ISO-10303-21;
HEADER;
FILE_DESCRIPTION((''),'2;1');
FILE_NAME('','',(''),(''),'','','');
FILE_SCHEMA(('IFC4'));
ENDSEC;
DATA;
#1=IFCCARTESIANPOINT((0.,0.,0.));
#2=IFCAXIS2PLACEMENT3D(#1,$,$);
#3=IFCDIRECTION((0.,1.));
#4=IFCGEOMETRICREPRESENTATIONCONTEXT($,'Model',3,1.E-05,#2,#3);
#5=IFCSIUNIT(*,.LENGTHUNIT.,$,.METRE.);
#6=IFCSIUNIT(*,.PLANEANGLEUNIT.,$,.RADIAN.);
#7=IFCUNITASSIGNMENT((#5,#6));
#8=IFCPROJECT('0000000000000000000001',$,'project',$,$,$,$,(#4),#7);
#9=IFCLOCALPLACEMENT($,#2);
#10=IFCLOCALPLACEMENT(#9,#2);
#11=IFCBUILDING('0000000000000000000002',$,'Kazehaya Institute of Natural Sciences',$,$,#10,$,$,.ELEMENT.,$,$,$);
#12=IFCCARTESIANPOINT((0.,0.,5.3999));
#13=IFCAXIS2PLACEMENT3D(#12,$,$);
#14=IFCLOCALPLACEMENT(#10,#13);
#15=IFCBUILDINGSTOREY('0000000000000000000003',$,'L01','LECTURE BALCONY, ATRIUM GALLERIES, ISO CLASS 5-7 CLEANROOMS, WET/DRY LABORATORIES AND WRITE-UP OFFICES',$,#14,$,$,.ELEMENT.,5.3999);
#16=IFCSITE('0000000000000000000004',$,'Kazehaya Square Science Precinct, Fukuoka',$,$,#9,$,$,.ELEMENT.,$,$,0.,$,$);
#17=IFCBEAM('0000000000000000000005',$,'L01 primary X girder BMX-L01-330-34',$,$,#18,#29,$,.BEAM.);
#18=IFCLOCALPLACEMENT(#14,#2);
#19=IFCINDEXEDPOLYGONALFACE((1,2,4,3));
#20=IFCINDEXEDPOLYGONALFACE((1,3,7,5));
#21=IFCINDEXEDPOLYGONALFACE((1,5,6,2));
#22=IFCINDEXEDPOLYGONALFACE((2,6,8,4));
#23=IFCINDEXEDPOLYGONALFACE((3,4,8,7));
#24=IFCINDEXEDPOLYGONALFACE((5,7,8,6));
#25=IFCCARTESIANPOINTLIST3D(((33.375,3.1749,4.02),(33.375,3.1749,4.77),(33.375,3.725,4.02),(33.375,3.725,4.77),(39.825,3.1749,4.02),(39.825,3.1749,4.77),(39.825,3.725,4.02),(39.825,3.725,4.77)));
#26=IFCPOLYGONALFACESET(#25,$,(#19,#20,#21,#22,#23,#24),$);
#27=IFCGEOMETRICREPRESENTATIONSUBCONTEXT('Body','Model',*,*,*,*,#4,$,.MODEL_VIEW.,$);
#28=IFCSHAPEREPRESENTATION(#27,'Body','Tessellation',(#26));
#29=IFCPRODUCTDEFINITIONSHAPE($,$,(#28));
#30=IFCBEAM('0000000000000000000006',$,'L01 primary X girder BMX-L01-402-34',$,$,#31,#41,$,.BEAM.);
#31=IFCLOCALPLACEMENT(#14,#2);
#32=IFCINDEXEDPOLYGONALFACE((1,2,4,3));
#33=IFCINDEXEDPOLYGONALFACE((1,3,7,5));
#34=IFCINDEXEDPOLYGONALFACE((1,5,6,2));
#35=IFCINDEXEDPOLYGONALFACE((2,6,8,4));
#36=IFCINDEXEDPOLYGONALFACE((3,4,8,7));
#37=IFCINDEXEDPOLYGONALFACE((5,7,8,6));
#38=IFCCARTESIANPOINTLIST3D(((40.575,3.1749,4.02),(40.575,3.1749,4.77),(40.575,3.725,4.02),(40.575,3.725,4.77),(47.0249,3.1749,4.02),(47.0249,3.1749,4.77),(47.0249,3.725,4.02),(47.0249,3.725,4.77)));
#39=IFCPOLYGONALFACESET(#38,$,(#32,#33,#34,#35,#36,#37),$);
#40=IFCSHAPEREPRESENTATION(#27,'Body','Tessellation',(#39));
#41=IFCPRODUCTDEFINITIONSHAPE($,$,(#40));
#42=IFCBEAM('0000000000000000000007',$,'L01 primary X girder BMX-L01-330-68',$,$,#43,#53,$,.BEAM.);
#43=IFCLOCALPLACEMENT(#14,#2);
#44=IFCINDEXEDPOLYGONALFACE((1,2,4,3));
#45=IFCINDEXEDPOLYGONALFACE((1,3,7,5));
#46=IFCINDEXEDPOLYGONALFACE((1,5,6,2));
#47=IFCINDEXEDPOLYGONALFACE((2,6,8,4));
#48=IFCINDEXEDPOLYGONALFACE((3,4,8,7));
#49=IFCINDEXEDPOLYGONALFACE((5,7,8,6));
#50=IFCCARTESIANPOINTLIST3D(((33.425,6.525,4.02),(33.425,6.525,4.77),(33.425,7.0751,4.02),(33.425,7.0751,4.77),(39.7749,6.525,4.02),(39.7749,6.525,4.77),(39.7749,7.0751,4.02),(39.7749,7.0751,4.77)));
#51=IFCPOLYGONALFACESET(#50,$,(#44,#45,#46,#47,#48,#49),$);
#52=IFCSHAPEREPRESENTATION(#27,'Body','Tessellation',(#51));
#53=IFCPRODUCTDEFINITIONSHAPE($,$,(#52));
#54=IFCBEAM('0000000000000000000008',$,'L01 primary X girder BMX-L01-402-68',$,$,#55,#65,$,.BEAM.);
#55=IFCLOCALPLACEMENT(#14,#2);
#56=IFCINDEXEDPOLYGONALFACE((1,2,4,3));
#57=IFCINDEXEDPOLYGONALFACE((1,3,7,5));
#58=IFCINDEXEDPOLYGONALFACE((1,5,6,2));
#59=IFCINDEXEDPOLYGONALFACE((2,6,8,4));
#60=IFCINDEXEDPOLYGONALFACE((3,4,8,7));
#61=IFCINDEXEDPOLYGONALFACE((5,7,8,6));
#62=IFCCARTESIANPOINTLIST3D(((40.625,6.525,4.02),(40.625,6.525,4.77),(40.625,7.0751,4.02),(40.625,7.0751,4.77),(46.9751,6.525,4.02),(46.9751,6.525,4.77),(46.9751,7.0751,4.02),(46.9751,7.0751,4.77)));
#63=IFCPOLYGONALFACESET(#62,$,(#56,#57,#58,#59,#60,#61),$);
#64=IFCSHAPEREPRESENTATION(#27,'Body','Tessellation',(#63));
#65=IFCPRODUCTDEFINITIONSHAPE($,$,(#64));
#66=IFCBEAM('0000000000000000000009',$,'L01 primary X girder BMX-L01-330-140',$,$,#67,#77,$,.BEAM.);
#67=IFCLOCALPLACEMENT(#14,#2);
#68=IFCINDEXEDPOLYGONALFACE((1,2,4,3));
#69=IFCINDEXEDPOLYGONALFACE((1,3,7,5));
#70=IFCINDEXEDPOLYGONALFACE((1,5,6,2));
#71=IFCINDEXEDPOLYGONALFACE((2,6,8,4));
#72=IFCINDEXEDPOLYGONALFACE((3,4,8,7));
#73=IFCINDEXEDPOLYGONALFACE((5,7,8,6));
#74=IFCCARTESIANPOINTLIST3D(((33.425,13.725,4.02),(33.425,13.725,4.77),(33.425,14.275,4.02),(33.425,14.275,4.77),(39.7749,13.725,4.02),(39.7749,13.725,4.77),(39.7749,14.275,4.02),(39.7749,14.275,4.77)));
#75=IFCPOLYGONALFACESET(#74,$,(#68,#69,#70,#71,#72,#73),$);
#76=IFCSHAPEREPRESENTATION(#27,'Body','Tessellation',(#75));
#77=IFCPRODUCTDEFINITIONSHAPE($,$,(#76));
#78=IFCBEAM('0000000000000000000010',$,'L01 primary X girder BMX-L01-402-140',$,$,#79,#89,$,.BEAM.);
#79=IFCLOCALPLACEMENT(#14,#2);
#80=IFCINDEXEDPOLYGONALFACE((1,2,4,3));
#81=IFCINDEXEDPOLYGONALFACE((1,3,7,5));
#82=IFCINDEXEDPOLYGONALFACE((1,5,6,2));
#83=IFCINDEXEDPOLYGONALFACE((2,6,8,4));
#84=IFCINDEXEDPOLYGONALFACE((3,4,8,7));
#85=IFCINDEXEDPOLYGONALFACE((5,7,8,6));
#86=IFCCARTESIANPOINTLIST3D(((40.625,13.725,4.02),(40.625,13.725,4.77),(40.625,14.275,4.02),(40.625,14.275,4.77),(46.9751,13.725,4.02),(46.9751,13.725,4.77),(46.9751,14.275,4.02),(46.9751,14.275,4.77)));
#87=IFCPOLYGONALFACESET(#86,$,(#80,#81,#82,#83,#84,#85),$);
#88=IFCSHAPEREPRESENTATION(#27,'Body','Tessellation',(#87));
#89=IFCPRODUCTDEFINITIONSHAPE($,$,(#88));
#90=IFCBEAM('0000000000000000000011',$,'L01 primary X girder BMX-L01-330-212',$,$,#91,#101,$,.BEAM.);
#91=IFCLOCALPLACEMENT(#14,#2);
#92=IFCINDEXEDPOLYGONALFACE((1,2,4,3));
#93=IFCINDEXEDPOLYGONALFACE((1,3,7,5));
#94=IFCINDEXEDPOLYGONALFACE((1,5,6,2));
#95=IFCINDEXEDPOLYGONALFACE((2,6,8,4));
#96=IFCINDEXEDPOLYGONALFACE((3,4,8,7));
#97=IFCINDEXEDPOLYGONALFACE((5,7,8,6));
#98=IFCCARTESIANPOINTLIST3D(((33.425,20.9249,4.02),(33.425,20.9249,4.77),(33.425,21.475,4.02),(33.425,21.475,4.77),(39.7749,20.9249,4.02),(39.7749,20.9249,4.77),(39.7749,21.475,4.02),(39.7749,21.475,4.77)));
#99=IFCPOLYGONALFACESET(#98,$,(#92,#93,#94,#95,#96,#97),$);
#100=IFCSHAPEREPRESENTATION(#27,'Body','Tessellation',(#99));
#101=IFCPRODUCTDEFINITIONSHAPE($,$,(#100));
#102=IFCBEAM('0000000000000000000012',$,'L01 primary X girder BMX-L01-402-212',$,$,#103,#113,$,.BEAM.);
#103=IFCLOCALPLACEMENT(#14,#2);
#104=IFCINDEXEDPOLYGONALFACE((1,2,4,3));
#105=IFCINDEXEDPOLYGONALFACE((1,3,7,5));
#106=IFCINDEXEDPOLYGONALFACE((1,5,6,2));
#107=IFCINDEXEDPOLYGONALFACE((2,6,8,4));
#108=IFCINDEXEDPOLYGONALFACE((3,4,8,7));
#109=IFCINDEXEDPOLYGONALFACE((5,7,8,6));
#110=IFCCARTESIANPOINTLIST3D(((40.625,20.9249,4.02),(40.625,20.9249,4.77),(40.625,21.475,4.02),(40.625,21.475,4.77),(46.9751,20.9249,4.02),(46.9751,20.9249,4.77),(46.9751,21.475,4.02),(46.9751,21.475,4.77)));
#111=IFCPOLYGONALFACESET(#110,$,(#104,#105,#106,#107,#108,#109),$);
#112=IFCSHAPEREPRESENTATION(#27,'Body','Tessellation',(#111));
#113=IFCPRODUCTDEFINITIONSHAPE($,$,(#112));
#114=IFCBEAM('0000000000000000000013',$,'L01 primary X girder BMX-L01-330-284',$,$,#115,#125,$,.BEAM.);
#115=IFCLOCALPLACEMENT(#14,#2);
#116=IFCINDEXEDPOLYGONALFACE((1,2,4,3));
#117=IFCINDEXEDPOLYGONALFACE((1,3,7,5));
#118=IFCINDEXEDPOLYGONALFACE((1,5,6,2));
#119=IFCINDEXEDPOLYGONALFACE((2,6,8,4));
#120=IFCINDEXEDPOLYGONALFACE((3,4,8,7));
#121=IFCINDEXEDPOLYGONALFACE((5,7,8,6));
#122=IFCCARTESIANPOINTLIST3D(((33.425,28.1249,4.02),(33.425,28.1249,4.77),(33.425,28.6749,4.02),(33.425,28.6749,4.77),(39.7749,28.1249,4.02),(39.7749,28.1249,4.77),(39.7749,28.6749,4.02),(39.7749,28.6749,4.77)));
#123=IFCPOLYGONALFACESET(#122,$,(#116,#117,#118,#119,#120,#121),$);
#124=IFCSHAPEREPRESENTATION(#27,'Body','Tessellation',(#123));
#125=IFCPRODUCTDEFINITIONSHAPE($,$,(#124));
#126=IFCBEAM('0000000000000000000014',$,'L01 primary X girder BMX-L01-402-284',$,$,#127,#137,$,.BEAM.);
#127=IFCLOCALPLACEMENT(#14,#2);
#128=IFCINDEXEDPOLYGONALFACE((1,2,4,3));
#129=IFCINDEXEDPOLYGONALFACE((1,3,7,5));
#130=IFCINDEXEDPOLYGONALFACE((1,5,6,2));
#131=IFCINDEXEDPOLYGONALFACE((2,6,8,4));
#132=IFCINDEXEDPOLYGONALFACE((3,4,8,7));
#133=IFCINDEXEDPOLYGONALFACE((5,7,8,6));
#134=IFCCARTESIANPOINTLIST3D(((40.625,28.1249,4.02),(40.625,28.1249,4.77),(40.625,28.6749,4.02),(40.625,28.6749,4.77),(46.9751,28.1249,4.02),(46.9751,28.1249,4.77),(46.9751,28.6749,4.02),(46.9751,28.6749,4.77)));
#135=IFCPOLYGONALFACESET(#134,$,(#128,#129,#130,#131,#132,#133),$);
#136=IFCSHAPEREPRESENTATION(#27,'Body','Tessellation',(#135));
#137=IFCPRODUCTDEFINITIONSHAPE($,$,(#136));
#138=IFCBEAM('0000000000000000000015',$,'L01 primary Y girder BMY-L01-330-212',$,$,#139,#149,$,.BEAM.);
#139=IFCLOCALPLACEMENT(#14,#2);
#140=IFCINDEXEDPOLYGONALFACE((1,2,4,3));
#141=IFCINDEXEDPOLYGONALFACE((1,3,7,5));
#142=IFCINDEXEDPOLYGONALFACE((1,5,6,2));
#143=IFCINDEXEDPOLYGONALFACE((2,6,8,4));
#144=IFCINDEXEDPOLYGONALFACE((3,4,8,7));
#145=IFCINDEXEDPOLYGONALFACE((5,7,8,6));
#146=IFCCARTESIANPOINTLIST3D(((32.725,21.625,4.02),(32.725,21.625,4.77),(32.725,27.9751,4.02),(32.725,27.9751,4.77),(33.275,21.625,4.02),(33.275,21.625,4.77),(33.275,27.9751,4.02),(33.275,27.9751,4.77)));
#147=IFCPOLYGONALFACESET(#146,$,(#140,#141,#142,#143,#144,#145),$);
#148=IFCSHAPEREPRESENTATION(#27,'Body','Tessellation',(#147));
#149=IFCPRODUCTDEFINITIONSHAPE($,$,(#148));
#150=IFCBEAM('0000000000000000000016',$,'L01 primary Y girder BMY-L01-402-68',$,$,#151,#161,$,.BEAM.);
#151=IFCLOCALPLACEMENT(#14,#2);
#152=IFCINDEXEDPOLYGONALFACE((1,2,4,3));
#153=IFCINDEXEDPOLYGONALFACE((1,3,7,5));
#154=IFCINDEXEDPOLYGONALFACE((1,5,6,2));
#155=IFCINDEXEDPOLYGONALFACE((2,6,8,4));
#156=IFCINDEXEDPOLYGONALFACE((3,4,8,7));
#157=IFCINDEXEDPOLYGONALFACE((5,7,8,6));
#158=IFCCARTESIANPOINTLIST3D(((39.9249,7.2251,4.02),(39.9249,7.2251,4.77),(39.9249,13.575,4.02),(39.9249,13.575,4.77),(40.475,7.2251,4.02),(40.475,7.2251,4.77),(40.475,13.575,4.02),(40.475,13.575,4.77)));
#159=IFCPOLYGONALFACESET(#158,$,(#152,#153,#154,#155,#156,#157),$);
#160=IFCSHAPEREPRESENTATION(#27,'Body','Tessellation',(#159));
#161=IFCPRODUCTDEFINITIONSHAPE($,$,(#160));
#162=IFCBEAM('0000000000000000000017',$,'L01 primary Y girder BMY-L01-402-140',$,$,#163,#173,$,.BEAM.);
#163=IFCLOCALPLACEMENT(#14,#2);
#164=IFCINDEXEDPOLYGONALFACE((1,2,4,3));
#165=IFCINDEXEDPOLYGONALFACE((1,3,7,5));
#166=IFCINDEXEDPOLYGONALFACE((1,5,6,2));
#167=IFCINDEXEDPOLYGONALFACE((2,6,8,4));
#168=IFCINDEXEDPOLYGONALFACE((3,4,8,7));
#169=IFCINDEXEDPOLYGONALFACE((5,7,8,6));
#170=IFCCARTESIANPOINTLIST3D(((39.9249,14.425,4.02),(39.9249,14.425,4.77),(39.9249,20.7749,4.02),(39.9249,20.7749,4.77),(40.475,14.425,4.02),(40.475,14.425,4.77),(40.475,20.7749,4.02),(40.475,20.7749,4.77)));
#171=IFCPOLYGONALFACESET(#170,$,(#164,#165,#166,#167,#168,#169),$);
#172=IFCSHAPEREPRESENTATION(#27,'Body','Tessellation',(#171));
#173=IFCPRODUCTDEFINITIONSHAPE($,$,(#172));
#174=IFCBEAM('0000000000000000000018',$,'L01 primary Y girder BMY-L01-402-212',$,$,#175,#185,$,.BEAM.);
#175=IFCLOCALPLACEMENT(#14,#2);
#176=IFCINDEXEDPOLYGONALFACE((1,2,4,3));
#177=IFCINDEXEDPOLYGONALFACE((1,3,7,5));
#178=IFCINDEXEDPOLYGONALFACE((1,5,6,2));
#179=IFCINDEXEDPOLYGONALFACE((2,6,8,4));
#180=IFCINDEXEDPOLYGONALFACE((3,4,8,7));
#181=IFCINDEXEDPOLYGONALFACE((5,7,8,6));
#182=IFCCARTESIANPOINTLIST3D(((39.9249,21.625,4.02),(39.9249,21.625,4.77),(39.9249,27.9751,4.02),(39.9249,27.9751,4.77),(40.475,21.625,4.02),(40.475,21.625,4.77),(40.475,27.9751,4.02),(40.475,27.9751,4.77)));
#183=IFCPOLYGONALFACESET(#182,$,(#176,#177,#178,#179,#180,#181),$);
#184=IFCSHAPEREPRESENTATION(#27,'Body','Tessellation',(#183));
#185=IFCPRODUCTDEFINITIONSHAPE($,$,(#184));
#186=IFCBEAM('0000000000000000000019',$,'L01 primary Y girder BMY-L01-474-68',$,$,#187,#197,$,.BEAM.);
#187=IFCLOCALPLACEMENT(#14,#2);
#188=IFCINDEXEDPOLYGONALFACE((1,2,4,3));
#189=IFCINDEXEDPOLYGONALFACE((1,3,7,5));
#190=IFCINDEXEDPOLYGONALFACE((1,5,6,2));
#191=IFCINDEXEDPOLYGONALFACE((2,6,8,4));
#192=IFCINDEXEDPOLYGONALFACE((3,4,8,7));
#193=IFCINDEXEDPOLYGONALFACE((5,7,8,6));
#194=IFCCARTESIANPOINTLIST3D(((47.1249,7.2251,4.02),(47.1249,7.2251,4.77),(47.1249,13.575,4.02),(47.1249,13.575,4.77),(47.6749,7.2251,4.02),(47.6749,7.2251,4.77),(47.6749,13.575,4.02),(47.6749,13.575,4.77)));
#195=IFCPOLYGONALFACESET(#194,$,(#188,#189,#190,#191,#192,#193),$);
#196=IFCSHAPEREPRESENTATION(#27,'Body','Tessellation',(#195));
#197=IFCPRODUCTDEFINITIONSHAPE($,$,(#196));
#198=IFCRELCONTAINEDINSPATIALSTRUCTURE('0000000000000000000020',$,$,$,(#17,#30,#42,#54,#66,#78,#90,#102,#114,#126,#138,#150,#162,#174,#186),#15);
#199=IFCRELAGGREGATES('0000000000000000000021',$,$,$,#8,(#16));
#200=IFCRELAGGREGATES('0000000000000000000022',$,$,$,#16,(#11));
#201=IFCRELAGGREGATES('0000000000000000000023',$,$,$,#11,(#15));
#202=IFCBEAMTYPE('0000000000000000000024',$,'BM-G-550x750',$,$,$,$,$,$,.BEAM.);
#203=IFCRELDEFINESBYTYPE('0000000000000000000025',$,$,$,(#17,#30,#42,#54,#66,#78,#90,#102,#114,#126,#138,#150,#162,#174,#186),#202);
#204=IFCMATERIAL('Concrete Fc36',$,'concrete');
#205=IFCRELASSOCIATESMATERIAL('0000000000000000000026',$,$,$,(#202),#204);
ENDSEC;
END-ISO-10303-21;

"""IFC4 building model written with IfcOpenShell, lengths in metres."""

from ifc_helpers import new_model, si_unit, direction, frame, origin, origin_2d, place, context, subcontext, project, spatial, rectangle, extrude, material, material_profile, profile_set, type_object, element, save


model = new_model("IFC4")

# Units and contexts
model_context = context("Model", 3, precision=1e-05, world=origin(), true_north=direction((0.0, 1.0)))
body_context = subcontext(model_context, "Body", "Model", "MODEL_VIEW")
ifc_project = project(units=[si_unit("LENGTHUNIT", "METRE"), si_unit("PLANEANGLEUNIT", "RADIAN")], contexts=[model_context])

# Site, building, storey
site_placement = place(None, origin())
site = spatial("IfcSite", under=ifc_project, at=site_placement, Name="Kazehaya Square Science Precinct, Fukuoka", CompositionType="ELEMENT", RefElevation=0.0)
building_placement = place(site_placement, origin())
building = spatial("IfcBuilding", under=site, at=building_placement, Name="Kazehaya Institute of Natural Sciences", CompositionType="ELEMENT")
storey_placement = place(building_placement, frame((0.0, 0.0, 5.3999)))
storey = spatial("IfcBuildingStorey", under=building, at=storey_placement, Name="L01", Description="LECTURE BALCONY, ATRIUM GALLERIES, ISO CLASS 5-7 CLEANROOMS, WET/DRY LABORATORIES AND WRITE-UP OFFICES", CompositionType="ELEMENT", Elevation=5.3999)

# Shared definitions
ifc_material_1 = material(Name="Concrete Fc36", Category="concrete")

# Beams
ifc_material_profile_1 = material_profile(ifc_material_1, rectangle(XDim=0.55, YDim=0.75, at=origin_2d()), Name="RC-550x750")
ifc_profile_set_1 = profile_set([ifc_material_profile_1], Name="Concrete Fc36")
beam_type_1 = type_object("IfcBeamType", Name="BM-G-550x750", PredefinedType="BEAM", material=ifc_profile_set_1)
for number, where, z_axis, x_axis, name in (
    (1, (33.375, 3.45, 4.395), (1.0, 0.0, 0.0), (0.0, 1.0, 0.0), "L01 primary X girder BMX-L01-330-34"),
    (2, (40.575, 3.45, 4.395), (1.0, 0.0, 0.0), (0.0, 1.0, 0.0), "L01 primary X girder BMX-L01-402-34"),
):
    element("IfcBeam", number, at=place(storey_placement, frame(where, z_axis=z_axis, x_axis=x_axis)), inside=storey, type_object=beam_type_1, Name=name, PredefinedType="BEAM", context=body_context, shape_type="SweptSolid", body=[
        extrude(rectangle(XDim=0.55, YDim=0.75, at=origin_2d()), origin(), (0.0, 0.0, 1.0), 6.45),
    ])
beam_1_placement = place(storey_placement, frame((33.425, 6.8, 4.395), z_axis=(1.0, 0.0, 0.0), x_axis=(0.0, 1.0, 0.0)))
element("IfcBeam", 3, at=beam_1_placement, inside=storey, type_object=beam_type_1, Name="L01 primary X girder BMX-L01-330-68", PredefinedType="BEAM", context=body_context, shape_type="SweptSolid", body=[
    extrude(rectangle(XDim=0.55, YDim=0.75, at=origin_2d()), origin(), (0.0, 0.0, 1.0), 6.3499),
])
beam_2_placement = place(storey_placement, frame((40.625, 6.8, 4.395), z_axis=(1.0, 0.0, 0.0), x_axis=(0.0, 1.0, 0.0)))
element("IfcBeam", 4, at=beam_2_placement, inside=storey, type_object=beam_type_1, Name="L01 primary X girder BMX-L01-402-68", PredefinedType="BEAM", context=body_context, shape_type="SweptSolid", body=[
    extrude(rectangle(XDim=0.55, YDim=0.75, at=origin_2d()), origin(), (0.0, 0.0, 1.0), 6.3501),
])
beam_3_placement = place(storey_placement, frame((33.425, 14.0, 4.395), z_axis=(1.0, 0.0, 0.0), x_axis=(0.0, 1.0, 0.0)))
element("IfcBeam", 5, at=beam_3_placement, inside=storey, type_object=beam_type_1, Name="L01 primary X girder BMX-L01-330-140", PredefinedType="BEAM", context=body_context, shape_type="SweptSolid", body=[
    extrude(rectangle(XDim=0.55, YDim=0.75, at=origin_2d()), origin(), (0.0, 0.0, 1.0), 6.3499),
])
beam_4_placement = place(storey_placement, frame((40.625, 14.0, 4.395), z_axis=(1.0, 0.0, 0.0), x_axis=(0.0, 1.0, 0.0)))
element("IfcBeam", 6, at=beam_4_placement, inside=storey, type_object=beam_type_1, Name="L01 primary X girder BMX-L01-402-140", PredefinedType="BEAM", context=body_context, shape_type="SweptSolid", body=[
    extrude(rectangle(XDim=0.55, YDim=0.75, at=origin_2d()), origin(), (0.0, 0.0, 1.0), 6.3501),
])
beam_5_placement = place(storey_placement, frame((33.425, 21.2, 4.395), z_axis=(1.0, 0.0, 0.0), x_axis=(0.0, 1.0, 0.0)))
element("IfcBeam", 7, at=beam_5_placement, inside=storey, type_object=beam_type_1, Name="L01 primary X girder BMX-L01-330-212", PredefinedType="BEAM", context=body_context, shape_type="SweptSolid", body=[
    extrude(rectangle(XDim=0.55, YDim=0.75, at=origin_2d()), origin(), (0.0, 0.0, 1.0), 6.3499),
])
beam_6_placement = place(storey_placement, frame((40.625, 21.2, 4.395), z_axis=(1.0, 0.0, 0.0), x_axis=(0.0, 1.0, 0.0)))
element("IfcBeam", 8, at=beam_6_placement, inside=storey, type_object=beam_type_1, Name="L01 primary X girder BMX-L01-402-212", PredefinedType="BEAM", context=body_context, shape_type="SweptSolid", body=[
    extrude(rectangle(XDim=0.55, YDim=0.75, at=origin_2d()), origin(), (0.0, 0.0, 1.0), 6.3501),
])
beam_7_placement = place(storey_placement, frame((33.425, 28.3999, 4.395), z_axis=(1.0, 0.0, 0.0), x_axis=(0.0, 1.0, 0.0)))
element("IfcBeam", 9, at=beam_7_placement, inside=storey, type_object=beam_type_1, Name="L01 primary X girder BMX-L01-330-284", PredefinedType="BEAM", context=body_context, shape_type="SweptSolid", body=[
    extrude(rectangle(XDim=0.55, YDim=0.75, at=origin_2d()), origin(), (0.0, 0.0, 1.0), 6.3499),
])
for number, where, z_axis, x_axis, name in (
    (10, (40.625, 28.3999, 4.395), (1.0, 0.0, 0.0), (0.0, 1.0, 0.0), "L01 primary X girder BMX-L01-402-284"),
    (11, (33.0, 21.625, 4.395), (0.0, 1.0, 0.0), (-1.0, 0.0, 0.0), "L01 primary Y girder BMY-L01-330-212"),
):
    element("IfcBeam", number, at=place(storey_placement, frame(where, z_axis=z_axis, x_axis=x_axis)), inside=storey, type_object=beam_type_1, Name=name, PredefinedType="BEAM", context=body_context, shape_type="SweptSolid", body=[
        extrude(rectangle(XDim=0.55, YDim=0.75, at=origin_2d()), origin(), (0.0, 0.0, 1.0), 6.3501),
    ])
for number, where, z_axis, x_axis, name in (
    (12, (40.2, 7.2251, 4.395), (0.0, 1.0, 0.0), (-1.0, 0.0, 0.0), "L01 primary Y girder BMY-L01-402-68"),
    (13, (40.2, 14.425, 4.395), (0.0, 1.0, 0.0), (-1.0, 0.0, 0.0), "L01 primary Y girder BMY-L01-402-140"),
):
    element("IfcBeam", number, at=place(storey_placement, frame(where, z_axis=z_axis, x_axis=x_axis)), inside=storey, type_object=beam_type_1, Name=name, PredefinedType="BEAM", context=body_context, shape_type="SweptSolid", body=[
        extrude(rectangle(XDim=0.55, YDim=0.75, at=origin_2d()), origin(), (0.0, 0.0, 1.0), 6.3499),
    ])
beam_8_placement = place(storey_placement, frame((40.2, 21.625, 4.395), z_axis=(0.0, 1.0, 0.0), x_axis=(-1.0, 0.0, 0.0)))
element("IfcBeam", 14, at=beam_8_placement, inside=storey, type_object=beam_type_1, Name="L01 primary Y girder BMY-L01-402-212", PredefinedType="BEAM", context=body_context, shape_type="SweptSolid", body=[
    extrude(rectangle(XDim=0.55, YDim=0.75, at=origin_2d()), origin(), (0.0, 0.0, 1.0), 6.3501),
])
beam_9_placement = place(storey_placement, frame((47.3999, 7.2251, 4.395), z_axis=(0.0, 1.0, 0.0), x_axis=(-1.0, 0.0, 0.0)))
element("IfcBeam", 15, at=beam_9_placement, inside=storey, type_object=beam_type_1, Name="L01 primary Y girder BMY-L01-474-68", PredefinedType="BEAM", context=body_context, shape_type="SweptSolid", body=[
    extrude(rectangle(XDim=0.55, YDim=0.75, at=origin_2d()), origin(), (0.0, 0.0, 1.0), 6.3499),
])

save(model, "model.ifc")
